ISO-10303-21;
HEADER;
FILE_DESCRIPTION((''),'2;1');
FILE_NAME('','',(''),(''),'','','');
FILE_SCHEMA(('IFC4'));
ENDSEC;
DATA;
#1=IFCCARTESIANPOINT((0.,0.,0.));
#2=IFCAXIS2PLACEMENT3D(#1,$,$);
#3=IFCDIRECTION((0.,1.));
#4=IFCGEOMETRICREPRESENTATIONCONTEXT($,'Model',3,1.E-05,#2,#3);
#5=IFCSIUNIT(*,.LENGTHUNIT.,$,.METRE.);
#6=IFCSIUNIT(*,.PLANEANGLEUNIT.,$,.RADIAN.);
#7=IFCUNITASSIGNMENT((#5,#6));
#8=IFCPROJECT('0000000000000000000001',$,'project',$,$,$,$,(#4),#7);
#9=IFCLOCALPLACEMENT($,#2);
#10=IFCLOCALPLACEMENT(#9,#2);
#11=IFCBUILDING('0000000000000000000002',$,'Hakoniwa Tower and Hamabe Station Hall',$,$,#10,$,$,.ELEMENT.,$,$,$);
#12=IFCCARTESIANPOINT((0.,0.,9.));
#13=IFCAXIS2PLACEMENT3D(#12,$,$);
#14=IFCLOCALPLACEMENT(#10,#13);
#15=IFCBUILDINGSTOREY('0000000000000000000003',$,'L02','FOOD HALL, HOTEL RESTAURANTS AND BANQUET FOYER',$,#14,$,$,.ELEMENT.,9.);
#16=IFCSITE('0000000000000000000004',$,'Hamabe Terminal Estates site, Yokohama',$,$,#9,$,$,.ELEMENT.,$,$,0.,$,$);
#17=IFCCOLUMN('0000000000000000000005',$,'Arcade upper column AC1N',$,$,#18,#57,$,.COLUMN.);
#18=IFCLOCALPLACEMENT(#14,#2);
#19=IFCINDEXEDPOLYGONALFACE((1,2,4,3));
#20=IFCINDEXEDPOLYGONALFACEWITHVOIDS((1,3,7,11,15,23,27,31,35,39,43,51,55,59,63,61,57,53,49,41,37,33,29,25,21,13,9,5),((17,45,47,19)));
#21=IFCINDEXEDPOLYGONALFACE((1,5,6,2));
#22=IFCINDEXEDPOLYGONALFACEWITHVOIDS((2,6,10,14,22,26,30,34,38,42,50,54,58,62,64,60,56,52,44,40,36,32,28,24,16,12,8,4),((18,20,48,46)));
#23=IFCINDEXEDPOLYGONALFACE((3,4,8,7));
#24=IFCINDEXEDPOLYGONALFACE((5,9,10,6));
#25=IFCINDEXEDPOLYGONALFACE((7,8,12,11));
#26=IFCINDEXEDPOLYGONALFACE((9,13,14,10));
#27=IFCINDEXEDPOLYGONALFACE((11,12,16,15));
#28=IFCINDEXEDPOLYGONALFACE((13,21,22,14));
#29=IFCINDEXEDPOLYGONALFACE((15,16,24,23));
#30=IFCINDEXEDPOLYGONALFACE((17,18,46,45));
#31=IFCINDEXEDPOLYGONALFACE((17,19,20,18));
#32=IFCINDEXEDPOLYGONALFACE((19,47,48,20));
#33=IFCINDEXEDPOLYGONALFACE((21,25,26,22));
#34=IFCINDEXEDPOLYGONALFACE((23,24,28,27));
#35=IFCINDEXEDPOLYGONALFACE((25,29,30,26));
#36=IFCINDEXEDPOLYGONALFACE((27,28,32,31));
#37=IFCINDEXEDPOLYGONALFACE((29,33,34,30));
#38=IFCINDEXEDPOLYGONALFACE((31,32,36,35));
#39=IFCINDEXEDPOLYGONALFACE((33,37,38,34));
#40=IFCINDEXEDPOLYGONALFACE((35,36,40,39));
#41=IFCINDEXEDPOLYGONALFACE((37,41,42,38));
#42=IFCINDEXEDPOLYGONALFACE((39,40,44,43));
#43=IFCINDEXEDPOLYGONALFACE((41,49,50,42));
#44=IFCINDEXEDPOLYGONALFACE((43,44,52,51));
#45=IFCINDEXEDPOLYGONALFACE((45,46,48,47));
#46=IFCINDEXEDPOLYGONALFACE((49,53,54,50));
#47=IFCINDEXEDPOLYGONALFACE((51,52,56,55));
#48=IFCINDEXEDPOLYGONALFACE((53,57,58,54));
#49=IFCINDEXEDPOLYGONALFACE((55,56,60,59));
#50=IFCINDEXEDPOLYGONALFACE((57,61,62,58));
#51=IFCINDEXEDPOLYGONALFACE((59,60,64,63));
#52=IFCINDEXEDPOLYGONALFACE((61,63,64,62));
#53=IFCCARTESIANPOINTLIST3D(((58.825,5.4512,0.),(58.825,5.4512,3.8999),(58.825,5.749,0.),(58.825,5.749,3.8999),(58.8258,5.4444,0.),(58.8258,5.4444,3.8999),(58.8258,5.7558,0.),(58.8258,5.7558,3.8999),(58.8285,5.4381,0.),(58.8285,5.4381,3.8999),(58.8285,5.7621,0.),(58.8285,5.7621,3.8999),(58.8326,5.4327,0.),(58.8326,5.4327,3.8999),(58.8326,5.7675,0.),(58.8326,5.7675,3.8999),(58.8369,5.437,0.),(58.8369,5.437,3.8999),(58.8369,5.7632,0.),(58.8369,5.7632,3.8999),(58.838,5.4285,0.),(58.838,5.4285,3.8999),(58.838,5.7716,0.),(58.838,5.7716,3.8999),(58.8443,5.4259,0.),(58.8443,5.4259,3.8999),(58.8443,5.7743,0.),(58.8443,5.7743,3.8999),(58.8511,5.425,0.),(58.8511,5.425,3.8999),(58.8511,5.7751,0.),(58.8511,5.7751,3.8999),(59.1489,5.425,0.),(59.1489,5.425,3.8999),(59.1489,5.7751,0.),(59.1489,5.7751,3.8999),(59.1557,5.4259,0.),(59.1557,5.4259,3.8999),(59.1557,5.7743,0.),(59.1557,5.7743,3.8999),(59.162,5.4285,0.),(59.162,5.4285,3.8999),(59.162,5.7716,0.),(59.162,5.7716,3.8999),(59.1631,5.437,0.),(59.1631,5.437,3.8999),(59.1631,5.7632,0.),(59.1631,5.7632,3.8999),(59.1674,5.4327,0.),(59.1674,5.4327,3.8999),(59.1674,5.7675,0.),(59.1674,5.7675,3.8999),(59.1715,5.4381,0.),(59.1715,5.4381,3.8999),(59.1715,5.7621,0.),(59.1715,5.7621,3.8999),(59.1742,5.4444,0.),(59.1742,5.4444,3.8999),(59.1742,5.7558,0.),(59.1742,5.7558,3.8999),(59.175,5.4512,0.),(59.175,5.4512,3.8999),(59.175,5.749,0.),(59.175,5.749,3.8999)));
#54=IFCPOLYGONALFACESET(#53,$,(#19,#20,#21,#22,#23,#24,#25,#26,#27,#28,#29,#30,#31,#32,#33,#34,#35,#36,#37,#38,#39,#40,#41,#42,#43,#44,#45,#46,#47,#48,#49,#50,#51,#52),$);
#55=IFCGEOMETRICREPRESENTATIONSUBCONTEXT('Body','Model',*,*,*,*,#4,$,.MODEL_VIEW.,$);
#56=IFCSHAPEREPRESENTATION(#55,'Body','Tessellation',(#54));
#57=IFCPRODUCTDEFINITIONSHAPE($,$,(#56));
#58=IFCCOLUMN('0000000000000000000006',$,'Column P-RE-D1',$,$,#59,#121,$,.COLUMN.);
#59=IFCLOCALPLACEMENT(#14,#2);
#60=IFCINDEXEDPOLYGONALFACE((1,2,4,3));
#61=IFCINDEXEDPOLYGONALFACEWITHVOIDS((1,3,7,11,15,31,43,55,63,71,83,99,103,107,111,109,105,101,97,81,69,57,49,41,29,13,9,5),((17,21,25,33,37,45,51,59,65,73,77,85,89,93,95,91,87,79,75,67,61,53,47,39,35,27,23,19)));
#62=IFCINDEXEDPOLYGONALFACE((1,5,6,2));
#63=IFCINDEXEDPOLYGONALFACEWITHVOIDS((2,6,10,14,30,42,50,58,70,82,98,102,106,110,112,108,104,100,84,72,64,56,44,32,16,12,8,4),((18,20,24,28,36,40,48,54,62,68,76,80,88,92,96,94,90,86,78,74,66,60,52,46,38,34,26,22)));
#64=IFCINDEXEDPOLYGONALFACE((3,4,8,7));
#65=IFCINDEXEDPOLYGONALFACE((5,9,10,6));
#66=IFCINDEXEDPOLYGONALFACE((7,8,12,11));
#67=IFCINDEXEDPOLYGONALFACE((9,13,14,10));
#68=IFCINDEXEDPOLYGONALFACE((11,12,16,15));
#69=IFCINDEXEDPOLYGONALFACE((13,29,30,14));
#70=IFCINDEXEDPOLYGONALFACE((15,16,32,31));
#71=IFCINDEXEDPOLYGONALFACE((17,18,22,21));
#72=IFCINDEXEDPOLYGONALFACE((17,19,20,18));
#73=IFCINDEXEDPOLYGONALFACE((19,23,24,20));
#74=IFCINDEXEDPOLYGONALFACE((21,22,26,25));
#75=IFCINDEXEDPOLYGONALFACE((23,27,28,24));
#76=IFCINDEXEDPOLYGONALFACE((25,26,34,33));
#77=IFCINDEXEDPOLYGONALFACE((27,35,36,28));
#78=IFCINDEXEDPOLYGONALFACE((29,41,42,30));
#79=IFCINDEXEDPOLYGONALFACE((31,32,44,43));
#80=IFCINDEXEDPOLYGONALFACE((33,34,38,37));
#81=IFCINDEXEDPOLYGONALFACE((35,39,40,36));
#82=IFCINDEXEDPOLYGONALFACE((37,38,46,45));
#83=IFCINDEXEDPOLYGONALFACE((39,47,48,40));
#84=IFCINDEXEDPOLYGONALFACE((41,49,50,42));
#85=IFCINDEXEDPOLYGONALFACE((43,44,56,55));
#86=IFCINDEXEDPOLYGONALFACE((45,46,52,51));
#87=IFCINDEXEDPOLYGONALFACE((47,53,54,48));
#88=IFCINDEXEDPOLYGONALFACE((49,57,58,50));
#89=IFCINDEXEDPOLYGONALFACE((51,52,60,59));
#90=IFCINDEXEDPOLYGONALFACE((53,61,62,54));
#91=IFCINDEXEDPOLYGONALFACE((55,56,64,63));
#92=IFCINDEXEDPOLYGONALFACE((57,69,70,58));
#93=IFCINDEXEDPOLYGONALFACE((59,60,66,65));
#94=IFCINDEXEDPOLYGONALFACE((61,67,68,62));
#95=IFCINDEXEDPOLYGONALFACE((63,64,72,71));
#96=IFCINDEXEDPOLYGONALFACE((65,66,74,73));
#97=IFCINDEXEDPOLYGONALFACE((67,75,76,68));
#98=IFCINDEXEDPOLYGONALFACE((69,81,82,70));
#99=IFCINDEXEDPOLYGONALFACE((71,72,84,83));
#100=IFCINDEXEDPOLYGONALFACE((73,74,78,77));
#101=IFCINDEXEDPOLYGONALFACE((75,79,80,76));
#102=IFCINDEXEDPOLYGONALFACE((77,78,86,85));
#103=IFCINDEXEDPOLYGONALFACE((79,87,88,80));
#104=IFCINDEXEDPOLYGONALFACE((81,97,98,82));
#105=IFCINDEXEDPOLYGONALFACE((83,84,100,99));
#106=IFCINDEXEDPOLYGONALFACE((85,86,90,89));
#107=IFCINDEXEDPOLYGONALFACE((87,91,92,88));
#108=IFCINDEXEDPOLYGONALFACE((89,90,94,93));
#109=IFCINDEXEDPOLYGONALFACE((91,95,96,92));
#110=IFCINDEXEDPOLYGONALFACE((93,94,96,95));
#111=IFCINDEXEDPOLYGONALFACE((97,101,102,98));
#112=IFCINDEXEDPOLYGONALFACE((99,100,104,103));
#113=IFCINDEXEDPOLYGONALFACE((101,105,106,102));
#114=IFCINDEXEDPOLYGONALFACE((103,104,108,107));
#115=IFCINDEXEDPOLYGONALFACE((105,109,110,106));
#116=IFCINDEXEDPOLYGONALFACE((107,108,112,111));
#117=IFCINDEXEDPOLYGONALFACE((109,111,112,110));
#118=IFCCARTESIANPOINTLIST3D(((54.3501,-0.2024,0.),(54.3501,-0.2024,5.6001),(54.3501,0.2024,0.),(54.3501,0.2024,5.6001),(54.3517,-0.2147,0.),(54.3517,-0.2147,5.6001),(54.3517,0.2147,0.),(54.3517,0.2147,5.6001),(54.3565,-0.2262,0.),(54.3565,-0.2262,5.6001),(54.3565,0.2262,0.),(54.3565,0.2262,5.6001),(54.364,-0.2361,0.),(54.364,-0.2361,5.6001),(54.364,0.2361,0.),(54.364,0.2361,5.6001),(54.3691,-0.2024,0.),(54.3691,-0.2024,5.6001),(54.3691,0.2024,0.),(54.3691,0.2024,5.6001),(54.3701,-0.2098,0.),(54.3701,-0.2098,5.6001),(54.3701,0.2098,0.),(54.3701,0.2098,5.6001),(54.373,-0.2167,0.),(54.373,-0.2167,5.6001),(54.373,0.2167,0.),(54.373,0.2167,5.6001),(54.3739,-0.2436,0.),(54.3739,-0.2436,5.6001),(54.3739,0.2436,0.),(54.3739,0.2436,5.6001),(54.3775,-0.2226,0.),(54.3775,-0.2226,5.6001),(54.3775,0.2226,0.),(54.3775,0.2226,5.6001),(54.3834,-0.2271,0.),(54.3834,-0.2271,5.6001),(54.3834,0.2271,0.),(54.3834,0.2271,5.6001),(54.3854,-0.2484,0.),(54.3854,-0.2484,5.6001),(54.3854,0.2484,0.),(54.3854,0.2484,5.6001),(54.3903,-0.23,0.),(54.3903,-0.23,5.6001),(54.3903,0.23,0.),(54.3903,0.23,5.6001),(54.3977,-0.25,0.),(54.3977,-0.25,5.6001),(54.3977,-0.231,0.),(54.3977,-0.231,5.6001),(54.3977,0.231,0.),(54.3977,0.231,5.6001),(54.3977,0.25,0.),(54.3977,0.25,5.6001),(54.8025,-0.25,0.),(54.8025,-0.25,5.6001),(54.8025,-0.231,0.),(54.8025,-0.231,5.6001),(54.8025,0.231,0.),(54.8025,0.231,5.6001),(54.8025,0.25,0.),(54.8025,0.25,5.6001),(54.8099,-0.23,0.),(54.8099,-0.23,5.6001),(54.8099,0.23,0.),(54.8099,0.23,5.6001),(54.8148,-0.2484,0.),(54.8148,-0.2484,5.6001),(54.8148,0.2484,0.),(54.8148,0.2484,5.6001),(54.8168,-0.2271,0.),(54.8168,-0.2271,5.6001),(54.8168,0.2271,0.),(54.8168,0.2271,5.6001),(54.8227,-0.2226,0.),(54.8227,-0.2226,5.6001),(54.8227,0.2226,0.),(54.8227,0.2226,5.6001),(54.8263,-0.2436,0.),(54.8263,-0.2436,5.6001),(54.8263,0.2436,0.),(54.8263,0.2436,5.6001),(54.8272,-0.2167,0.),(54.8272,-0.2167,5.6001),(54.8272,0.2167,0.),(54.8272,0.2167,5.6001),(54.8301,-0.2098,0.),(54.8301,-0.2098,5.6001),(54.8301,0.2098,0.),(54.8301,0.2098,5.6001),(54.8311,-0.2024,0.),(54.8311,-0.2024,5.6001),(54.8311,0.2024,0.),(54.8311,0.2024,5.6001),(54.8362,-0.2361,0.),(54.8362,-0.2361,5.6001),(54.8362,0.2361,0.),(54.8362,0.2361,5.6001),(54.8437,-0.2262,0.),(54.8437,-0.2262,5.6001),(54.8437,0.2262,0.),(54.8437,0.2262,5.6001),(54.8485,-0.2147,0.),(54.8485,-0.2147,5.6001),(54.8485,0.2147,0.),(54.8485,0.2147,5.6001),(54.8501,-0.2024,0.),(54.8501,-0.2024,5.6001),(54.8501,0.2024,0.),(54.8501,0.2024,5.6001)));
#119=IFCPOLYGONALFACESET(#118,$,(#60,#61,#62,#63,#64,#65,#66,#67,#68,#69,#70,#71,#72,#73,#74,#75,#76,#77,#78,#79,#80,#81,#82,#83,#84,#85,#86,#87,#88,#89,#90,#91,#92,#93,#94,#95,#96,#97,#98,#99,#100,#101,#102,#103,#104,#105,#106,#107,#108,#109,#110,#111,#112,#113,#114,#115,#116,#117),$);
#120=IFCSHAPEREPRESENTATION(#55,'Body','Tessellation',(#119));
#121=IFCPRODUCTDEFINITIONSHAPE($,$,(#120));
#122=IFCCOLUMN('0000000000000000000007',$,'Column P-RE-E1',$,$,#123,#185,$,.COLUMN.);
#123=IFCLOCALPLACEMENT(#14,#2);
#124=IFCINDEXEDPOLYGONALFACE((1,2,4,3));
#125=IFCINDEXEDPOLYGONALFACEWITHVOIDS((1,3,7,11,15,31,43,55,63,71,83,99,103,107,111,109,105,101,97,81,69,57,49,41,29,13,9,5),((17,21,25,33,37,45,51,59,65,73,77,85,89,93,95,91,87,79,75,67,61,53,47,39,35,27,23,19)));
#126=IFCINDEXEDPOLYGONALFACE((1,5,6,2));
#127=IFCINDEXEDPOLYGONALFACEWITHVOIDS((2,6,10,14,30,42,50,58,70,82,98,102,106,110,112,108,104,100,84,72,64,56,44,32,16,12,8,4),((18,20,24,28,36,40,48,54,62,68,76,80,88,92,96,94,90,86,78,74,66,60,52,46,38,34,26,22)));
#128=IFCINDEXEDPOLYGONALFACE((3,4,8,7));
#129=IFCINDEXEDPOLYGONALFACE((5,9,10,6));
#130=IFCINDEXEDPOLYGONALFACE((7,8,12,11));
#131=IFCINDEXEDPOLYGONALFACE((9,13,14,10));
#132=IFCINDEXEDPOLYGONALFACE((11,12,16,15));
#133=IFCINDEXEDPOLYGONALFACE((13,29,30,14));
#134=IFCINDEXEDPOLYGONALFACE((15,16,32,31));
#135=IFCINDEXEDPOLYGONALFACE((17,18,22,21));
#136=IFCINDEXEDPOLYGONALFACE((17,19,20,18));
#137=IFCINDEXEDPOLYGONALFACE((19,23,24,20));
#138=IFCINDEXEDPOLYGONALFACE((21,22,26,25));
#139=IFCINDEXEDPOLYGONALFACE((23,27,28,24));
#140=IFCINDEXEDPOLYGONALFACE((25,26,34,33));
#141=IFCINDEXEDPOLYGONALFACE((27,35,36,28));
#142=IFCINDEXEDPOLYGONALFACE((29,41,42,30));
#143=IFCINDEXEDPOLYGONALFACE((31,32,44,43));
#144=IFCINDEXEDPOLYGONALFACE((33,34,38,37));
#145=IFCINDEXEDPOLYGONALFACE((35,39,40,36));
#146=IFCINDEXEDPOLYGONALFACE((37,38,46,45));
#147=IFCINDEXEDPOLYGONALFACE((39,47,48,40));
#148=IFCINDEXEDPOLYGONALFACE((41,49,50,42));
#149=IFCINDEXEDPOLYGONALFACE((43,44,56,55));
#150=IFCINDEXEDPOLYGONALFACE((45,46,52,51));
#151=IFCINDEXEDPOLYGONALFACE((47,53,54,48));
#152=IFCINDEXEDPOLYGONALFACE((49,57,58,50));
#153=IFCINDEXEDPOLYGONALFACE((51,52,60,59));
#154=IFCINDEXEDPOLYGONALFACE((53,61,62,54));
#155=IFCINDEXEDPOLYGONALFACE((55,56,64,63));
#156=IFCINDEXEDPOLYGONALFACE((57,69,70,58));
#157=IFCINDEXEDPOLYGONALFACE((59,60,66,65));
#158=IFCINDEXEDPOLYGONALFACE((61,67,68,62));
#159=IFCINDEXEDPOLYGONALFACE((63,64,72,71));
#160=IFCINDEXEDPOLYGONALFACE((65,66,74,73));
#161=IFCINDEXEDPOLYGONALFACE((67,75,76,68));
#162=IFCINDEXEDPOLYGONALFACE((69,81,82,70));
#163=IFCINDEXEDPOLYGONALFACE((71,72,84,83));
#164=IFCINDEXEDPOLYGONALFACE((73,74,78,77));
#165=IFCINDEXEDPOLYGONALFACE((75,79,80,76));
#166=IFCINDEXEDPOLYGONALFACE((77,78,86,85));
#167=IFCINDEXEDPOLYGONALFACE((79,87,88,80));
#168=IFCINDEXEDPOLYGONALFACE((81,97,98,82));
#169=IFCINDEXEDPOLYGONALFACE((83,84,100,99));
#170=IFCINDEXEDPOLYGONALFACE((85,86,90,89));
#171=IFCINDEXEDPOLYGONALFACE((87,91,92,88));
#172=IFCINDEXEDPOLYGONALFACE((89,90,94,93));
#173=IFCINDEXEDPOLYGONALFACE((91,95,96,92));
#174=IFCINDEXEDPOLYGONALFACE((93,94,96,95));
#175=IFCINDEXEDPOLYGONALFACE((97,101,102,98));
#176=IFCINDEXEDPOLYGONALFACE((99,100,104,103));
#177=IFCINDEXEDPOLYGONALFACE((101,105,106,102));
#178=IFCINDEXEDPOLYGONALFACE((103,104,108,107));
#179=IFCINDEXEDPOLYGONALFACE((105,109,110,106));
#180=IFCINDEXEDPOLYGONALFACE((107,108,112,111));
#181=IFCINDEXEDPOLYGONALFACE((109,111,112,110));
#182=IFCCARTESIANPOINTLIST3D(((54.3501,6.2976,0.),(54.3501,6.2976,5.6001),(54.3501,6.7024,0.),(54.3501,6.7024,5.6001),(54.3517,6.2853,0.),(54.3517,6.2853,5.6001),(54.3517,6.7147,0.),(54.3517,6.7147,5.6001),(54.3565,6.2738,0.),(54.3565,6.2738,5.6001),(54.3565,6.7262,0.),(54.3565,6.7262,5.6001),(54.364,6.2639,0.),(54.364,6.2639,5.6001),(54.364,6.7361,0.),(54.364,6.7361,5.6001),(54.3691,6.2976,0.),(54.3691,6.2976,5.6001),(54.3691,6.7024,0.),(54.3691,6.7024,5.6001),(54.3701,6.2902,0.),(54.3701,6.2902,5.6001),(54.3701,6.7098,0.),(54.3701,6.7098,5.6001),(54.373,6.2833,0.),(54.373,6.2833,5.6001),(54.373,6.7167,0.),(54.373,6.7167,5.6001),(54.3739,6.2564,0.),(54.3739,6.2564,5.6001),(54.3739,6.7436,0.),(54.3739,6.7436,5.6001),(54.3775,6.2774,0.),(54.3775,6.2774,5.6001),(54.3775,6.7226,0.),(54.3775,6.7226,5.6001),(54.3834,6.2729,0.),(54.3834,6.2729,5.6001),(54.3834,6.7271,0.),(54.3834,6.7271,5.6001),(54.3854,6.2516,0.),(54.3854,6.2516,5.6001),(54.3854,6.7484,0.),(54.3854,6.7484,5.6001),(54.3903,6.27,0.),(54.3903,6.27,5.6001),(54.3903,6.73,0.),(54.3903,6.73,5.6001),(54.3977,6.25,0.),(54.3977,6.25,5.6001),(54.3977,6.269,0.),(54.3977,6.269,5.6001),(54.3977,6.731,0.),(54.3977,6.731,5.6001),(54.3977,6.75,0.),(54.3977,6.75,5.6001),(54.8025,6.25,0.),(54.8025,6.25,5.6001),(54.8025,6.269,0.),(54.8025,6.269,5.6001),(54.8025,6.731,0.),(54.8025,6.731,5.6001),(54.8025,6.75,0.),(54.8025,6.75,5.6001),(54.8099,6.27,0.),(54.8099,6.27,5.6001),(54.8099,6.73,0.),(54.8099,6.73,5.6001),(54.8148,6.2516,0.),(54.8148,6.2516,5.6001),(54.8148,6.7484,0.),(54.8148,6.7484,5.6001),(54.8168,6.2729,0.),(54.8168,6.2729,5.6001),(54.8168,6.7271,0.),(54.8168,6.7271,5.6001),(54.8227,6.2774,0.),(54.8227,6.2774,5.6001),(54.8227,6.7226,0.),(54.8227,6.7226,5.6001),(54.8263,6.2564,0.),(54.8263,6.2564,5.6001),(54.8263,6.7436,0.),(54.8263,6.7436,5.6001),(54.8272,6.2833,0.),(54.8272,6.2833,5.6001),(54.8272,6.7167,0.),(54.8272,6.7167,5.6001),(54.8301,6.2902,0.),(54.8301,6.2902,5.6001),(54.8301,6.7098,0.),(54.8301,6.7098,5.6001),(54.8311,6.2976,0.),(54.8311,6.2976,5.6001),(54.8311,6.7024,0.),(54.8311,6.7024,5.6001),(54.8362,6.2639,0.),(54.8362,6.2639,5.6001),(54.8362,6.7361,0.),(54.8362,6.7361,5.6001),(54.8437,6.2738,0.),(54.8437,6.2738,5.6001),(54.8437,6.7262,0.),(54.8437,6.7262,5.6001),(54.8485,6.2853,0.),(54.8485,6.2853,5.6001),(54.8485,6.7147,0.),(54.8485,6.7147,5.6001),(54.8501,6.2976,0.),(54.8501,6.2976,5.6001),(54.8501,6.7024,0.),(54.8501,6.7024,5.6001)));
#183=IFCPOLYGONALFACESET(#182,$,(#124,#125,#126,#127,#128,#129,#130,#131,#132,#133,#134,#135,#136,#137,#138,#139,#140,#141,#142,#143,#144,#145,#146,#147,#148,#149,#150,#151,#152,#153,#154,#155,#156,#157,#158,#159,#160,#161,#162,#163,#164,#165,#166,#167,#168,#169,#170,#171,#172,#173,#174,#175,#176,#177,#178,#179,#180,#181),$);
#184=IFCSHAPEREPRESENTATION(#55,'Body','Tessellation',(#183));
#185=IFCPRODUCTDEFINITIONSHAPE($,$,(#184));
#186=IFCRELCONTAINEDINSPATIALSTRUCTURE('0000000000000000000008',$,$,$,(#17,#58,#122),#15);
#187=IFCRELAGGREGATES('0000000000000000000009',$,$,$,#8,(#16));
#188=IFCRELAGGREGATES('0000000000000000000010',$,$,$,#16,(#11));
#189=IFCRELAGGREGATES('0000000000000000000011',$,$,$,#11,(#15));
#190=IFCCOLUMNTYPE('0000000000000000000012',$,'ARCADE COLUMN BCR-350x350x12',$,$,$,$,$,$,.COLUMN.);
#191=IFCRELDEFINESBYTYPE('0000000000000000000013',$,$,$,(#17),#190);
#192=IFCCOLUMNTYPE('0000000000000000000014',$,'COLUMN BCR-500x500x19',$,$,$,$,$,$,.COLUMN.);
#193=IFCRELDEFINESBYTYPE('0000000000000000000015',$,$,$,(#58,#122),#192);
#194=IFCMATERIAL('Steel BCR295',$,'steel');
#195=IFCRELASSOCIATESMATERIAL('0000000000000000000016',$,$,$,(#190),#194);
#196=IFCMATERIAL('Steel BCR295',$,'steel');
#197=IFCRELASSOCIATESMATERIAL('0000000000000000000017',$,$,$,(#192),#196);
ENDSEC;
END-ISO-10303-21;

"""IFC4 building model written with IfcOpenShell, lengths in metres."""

from ifc_helpers import new_model, si_unit, direction, frame, origin, origin_2d, place, context, subcontext, project, spatial, hollow_rectangle, extrude, material, material_profile, profile_set, type_object, element, save


model = new_model("IFC4")

# Units and contexts
model_context = context("Model", 3, precision=1e-05, world=origin(), true_north=direction((0.0, 1.0)))
body_context = subcontext(model_context, "Body", "Model", "MODEL_VIEW")
ifc_project = project(units=[si_unit("LENGTHUNIT", "METRE"), si_unit("PLANEANGLEUNIT", "RADIAN")], contexts=[model_context])

# Site, building, storey
site_placement = place(None, origin())
site = spatial("IfcSite", under=ifc_project, at=site_placement, Name="Hamabe Terminal Estates site, Yokohama", CompositionType="ELEMENT", RefElevation=0.0)
building_placement = place(site_placement, origin())
building = spatial("IfcBuilding", under=site, at=building_placement, Name="Hakoniwa Tower and Hamabe Station Hall", CompositionType="ELEMENT")
storey_placement = place(building_placement, frame((0.0, 0.0, 9.0)))
storey = spatial("IfcBuildingStorey", under=building, at=storey_placement, Name="L02", Description="FOOD HALL, HOTEL RESTAURANTS AND BANQUET FOYER", CompositionType="ELEMENT", Elevation=9.0)

# Columns
ifc_material_1 = material(Name="Steel BCR295", Category="steel")
ifc_material_profile_1 = material_profile(ifc_material_1, hollow_rectangle(XDim=0.3501, YDim=0.3501, WallThickness=0.012, OuterFilletRadius=0.0261, at=origin_2d()), Name="ARCADE COLUMN BCR-350x350x12")
ifc_profile_set_1 = profile_set([ifc_material_profile_1], Name="Steel BCR295")
column_type_1 = type_object("IfcColumnType", Name="ARCADE COLUMN BCR-350x350x12", PredefinedType="COLUMN", material=ifc_profile_set_1)
column_1_placement = place(storey_placement, frame((59.0, 5.6001, 0.0), z_axis=(0.0, 0.0, 1.0), x_axis=(1.0, 0.0, 0.0)))
element("IfcColumn", 1, at=column_1_placement, inside=storey, type_object=column_type_1, Name="Arcade upper column AC1N", PredefinedType="COLUMN", context=body_context, shape_type="SweptSolid", body=[
    extrude(hollow_rectangle(XDim=0.3501, YDim=0.3501, WallThickness=0.012, OuterFilletRadius=0.0261, at=origin_2d()), origin(), (0.0, 0.0, 1.0), 3.8999),
])
ifc_material_2 = material(Name="Steel BCR295", Category="steel")
ifc_material_profile_2 = material_profile(ifc_material_2, hollow_rectangle(XDim=0.5, YDim=0.5, WallThickness=0.019, InnerFilletRadius=0.0286, OuterFilletRadius=0.0476, at=origin_2d()), Name="BCR-500x500x19")
ifc_profile_set_2 = profile_set([ifc_material_profile_2], Name="Steel BCR295")
column_type_2 = type_object("IfcColumnType", Name="COLUMN BCR-500x500x19", PredefinedType="COLUMN", material=ifc_profile_set_2)
for number, where, z_axis, x_axis, name in (
    (2, (54.6001, 0.0, 0.0), (0.0, 0.0, 1.0), (1.0, 0.0, 0.0), "Column P-RE-D1"),
    (3, (54.6001, 6.5, 0.0), (0.0, 0.0, 1.0), (1.0, 0.0, 0.0), "Column P-RE-E1"),
):
    element("IfcColumn", number, at=place(storey_placement, frame(where, z_axis=z_axis, x_axis=x_axis)), inside=storey, type_object=column_type_2, Name=name, PredefinedType="COLUMN", context=body_context, shape_type="SweptSolid", body=[
        extrude(hollow_rectangle(XDim=0.5, YDim=0.5, WallThickness=0.019, InnerFilletRadius=0.0286, OuterFilletRadius=0.0476, at=origin_2d()), origin(), (0.0, 0.0, 1.0), 5.6001),
    ])

save(model, "model.ifc")
